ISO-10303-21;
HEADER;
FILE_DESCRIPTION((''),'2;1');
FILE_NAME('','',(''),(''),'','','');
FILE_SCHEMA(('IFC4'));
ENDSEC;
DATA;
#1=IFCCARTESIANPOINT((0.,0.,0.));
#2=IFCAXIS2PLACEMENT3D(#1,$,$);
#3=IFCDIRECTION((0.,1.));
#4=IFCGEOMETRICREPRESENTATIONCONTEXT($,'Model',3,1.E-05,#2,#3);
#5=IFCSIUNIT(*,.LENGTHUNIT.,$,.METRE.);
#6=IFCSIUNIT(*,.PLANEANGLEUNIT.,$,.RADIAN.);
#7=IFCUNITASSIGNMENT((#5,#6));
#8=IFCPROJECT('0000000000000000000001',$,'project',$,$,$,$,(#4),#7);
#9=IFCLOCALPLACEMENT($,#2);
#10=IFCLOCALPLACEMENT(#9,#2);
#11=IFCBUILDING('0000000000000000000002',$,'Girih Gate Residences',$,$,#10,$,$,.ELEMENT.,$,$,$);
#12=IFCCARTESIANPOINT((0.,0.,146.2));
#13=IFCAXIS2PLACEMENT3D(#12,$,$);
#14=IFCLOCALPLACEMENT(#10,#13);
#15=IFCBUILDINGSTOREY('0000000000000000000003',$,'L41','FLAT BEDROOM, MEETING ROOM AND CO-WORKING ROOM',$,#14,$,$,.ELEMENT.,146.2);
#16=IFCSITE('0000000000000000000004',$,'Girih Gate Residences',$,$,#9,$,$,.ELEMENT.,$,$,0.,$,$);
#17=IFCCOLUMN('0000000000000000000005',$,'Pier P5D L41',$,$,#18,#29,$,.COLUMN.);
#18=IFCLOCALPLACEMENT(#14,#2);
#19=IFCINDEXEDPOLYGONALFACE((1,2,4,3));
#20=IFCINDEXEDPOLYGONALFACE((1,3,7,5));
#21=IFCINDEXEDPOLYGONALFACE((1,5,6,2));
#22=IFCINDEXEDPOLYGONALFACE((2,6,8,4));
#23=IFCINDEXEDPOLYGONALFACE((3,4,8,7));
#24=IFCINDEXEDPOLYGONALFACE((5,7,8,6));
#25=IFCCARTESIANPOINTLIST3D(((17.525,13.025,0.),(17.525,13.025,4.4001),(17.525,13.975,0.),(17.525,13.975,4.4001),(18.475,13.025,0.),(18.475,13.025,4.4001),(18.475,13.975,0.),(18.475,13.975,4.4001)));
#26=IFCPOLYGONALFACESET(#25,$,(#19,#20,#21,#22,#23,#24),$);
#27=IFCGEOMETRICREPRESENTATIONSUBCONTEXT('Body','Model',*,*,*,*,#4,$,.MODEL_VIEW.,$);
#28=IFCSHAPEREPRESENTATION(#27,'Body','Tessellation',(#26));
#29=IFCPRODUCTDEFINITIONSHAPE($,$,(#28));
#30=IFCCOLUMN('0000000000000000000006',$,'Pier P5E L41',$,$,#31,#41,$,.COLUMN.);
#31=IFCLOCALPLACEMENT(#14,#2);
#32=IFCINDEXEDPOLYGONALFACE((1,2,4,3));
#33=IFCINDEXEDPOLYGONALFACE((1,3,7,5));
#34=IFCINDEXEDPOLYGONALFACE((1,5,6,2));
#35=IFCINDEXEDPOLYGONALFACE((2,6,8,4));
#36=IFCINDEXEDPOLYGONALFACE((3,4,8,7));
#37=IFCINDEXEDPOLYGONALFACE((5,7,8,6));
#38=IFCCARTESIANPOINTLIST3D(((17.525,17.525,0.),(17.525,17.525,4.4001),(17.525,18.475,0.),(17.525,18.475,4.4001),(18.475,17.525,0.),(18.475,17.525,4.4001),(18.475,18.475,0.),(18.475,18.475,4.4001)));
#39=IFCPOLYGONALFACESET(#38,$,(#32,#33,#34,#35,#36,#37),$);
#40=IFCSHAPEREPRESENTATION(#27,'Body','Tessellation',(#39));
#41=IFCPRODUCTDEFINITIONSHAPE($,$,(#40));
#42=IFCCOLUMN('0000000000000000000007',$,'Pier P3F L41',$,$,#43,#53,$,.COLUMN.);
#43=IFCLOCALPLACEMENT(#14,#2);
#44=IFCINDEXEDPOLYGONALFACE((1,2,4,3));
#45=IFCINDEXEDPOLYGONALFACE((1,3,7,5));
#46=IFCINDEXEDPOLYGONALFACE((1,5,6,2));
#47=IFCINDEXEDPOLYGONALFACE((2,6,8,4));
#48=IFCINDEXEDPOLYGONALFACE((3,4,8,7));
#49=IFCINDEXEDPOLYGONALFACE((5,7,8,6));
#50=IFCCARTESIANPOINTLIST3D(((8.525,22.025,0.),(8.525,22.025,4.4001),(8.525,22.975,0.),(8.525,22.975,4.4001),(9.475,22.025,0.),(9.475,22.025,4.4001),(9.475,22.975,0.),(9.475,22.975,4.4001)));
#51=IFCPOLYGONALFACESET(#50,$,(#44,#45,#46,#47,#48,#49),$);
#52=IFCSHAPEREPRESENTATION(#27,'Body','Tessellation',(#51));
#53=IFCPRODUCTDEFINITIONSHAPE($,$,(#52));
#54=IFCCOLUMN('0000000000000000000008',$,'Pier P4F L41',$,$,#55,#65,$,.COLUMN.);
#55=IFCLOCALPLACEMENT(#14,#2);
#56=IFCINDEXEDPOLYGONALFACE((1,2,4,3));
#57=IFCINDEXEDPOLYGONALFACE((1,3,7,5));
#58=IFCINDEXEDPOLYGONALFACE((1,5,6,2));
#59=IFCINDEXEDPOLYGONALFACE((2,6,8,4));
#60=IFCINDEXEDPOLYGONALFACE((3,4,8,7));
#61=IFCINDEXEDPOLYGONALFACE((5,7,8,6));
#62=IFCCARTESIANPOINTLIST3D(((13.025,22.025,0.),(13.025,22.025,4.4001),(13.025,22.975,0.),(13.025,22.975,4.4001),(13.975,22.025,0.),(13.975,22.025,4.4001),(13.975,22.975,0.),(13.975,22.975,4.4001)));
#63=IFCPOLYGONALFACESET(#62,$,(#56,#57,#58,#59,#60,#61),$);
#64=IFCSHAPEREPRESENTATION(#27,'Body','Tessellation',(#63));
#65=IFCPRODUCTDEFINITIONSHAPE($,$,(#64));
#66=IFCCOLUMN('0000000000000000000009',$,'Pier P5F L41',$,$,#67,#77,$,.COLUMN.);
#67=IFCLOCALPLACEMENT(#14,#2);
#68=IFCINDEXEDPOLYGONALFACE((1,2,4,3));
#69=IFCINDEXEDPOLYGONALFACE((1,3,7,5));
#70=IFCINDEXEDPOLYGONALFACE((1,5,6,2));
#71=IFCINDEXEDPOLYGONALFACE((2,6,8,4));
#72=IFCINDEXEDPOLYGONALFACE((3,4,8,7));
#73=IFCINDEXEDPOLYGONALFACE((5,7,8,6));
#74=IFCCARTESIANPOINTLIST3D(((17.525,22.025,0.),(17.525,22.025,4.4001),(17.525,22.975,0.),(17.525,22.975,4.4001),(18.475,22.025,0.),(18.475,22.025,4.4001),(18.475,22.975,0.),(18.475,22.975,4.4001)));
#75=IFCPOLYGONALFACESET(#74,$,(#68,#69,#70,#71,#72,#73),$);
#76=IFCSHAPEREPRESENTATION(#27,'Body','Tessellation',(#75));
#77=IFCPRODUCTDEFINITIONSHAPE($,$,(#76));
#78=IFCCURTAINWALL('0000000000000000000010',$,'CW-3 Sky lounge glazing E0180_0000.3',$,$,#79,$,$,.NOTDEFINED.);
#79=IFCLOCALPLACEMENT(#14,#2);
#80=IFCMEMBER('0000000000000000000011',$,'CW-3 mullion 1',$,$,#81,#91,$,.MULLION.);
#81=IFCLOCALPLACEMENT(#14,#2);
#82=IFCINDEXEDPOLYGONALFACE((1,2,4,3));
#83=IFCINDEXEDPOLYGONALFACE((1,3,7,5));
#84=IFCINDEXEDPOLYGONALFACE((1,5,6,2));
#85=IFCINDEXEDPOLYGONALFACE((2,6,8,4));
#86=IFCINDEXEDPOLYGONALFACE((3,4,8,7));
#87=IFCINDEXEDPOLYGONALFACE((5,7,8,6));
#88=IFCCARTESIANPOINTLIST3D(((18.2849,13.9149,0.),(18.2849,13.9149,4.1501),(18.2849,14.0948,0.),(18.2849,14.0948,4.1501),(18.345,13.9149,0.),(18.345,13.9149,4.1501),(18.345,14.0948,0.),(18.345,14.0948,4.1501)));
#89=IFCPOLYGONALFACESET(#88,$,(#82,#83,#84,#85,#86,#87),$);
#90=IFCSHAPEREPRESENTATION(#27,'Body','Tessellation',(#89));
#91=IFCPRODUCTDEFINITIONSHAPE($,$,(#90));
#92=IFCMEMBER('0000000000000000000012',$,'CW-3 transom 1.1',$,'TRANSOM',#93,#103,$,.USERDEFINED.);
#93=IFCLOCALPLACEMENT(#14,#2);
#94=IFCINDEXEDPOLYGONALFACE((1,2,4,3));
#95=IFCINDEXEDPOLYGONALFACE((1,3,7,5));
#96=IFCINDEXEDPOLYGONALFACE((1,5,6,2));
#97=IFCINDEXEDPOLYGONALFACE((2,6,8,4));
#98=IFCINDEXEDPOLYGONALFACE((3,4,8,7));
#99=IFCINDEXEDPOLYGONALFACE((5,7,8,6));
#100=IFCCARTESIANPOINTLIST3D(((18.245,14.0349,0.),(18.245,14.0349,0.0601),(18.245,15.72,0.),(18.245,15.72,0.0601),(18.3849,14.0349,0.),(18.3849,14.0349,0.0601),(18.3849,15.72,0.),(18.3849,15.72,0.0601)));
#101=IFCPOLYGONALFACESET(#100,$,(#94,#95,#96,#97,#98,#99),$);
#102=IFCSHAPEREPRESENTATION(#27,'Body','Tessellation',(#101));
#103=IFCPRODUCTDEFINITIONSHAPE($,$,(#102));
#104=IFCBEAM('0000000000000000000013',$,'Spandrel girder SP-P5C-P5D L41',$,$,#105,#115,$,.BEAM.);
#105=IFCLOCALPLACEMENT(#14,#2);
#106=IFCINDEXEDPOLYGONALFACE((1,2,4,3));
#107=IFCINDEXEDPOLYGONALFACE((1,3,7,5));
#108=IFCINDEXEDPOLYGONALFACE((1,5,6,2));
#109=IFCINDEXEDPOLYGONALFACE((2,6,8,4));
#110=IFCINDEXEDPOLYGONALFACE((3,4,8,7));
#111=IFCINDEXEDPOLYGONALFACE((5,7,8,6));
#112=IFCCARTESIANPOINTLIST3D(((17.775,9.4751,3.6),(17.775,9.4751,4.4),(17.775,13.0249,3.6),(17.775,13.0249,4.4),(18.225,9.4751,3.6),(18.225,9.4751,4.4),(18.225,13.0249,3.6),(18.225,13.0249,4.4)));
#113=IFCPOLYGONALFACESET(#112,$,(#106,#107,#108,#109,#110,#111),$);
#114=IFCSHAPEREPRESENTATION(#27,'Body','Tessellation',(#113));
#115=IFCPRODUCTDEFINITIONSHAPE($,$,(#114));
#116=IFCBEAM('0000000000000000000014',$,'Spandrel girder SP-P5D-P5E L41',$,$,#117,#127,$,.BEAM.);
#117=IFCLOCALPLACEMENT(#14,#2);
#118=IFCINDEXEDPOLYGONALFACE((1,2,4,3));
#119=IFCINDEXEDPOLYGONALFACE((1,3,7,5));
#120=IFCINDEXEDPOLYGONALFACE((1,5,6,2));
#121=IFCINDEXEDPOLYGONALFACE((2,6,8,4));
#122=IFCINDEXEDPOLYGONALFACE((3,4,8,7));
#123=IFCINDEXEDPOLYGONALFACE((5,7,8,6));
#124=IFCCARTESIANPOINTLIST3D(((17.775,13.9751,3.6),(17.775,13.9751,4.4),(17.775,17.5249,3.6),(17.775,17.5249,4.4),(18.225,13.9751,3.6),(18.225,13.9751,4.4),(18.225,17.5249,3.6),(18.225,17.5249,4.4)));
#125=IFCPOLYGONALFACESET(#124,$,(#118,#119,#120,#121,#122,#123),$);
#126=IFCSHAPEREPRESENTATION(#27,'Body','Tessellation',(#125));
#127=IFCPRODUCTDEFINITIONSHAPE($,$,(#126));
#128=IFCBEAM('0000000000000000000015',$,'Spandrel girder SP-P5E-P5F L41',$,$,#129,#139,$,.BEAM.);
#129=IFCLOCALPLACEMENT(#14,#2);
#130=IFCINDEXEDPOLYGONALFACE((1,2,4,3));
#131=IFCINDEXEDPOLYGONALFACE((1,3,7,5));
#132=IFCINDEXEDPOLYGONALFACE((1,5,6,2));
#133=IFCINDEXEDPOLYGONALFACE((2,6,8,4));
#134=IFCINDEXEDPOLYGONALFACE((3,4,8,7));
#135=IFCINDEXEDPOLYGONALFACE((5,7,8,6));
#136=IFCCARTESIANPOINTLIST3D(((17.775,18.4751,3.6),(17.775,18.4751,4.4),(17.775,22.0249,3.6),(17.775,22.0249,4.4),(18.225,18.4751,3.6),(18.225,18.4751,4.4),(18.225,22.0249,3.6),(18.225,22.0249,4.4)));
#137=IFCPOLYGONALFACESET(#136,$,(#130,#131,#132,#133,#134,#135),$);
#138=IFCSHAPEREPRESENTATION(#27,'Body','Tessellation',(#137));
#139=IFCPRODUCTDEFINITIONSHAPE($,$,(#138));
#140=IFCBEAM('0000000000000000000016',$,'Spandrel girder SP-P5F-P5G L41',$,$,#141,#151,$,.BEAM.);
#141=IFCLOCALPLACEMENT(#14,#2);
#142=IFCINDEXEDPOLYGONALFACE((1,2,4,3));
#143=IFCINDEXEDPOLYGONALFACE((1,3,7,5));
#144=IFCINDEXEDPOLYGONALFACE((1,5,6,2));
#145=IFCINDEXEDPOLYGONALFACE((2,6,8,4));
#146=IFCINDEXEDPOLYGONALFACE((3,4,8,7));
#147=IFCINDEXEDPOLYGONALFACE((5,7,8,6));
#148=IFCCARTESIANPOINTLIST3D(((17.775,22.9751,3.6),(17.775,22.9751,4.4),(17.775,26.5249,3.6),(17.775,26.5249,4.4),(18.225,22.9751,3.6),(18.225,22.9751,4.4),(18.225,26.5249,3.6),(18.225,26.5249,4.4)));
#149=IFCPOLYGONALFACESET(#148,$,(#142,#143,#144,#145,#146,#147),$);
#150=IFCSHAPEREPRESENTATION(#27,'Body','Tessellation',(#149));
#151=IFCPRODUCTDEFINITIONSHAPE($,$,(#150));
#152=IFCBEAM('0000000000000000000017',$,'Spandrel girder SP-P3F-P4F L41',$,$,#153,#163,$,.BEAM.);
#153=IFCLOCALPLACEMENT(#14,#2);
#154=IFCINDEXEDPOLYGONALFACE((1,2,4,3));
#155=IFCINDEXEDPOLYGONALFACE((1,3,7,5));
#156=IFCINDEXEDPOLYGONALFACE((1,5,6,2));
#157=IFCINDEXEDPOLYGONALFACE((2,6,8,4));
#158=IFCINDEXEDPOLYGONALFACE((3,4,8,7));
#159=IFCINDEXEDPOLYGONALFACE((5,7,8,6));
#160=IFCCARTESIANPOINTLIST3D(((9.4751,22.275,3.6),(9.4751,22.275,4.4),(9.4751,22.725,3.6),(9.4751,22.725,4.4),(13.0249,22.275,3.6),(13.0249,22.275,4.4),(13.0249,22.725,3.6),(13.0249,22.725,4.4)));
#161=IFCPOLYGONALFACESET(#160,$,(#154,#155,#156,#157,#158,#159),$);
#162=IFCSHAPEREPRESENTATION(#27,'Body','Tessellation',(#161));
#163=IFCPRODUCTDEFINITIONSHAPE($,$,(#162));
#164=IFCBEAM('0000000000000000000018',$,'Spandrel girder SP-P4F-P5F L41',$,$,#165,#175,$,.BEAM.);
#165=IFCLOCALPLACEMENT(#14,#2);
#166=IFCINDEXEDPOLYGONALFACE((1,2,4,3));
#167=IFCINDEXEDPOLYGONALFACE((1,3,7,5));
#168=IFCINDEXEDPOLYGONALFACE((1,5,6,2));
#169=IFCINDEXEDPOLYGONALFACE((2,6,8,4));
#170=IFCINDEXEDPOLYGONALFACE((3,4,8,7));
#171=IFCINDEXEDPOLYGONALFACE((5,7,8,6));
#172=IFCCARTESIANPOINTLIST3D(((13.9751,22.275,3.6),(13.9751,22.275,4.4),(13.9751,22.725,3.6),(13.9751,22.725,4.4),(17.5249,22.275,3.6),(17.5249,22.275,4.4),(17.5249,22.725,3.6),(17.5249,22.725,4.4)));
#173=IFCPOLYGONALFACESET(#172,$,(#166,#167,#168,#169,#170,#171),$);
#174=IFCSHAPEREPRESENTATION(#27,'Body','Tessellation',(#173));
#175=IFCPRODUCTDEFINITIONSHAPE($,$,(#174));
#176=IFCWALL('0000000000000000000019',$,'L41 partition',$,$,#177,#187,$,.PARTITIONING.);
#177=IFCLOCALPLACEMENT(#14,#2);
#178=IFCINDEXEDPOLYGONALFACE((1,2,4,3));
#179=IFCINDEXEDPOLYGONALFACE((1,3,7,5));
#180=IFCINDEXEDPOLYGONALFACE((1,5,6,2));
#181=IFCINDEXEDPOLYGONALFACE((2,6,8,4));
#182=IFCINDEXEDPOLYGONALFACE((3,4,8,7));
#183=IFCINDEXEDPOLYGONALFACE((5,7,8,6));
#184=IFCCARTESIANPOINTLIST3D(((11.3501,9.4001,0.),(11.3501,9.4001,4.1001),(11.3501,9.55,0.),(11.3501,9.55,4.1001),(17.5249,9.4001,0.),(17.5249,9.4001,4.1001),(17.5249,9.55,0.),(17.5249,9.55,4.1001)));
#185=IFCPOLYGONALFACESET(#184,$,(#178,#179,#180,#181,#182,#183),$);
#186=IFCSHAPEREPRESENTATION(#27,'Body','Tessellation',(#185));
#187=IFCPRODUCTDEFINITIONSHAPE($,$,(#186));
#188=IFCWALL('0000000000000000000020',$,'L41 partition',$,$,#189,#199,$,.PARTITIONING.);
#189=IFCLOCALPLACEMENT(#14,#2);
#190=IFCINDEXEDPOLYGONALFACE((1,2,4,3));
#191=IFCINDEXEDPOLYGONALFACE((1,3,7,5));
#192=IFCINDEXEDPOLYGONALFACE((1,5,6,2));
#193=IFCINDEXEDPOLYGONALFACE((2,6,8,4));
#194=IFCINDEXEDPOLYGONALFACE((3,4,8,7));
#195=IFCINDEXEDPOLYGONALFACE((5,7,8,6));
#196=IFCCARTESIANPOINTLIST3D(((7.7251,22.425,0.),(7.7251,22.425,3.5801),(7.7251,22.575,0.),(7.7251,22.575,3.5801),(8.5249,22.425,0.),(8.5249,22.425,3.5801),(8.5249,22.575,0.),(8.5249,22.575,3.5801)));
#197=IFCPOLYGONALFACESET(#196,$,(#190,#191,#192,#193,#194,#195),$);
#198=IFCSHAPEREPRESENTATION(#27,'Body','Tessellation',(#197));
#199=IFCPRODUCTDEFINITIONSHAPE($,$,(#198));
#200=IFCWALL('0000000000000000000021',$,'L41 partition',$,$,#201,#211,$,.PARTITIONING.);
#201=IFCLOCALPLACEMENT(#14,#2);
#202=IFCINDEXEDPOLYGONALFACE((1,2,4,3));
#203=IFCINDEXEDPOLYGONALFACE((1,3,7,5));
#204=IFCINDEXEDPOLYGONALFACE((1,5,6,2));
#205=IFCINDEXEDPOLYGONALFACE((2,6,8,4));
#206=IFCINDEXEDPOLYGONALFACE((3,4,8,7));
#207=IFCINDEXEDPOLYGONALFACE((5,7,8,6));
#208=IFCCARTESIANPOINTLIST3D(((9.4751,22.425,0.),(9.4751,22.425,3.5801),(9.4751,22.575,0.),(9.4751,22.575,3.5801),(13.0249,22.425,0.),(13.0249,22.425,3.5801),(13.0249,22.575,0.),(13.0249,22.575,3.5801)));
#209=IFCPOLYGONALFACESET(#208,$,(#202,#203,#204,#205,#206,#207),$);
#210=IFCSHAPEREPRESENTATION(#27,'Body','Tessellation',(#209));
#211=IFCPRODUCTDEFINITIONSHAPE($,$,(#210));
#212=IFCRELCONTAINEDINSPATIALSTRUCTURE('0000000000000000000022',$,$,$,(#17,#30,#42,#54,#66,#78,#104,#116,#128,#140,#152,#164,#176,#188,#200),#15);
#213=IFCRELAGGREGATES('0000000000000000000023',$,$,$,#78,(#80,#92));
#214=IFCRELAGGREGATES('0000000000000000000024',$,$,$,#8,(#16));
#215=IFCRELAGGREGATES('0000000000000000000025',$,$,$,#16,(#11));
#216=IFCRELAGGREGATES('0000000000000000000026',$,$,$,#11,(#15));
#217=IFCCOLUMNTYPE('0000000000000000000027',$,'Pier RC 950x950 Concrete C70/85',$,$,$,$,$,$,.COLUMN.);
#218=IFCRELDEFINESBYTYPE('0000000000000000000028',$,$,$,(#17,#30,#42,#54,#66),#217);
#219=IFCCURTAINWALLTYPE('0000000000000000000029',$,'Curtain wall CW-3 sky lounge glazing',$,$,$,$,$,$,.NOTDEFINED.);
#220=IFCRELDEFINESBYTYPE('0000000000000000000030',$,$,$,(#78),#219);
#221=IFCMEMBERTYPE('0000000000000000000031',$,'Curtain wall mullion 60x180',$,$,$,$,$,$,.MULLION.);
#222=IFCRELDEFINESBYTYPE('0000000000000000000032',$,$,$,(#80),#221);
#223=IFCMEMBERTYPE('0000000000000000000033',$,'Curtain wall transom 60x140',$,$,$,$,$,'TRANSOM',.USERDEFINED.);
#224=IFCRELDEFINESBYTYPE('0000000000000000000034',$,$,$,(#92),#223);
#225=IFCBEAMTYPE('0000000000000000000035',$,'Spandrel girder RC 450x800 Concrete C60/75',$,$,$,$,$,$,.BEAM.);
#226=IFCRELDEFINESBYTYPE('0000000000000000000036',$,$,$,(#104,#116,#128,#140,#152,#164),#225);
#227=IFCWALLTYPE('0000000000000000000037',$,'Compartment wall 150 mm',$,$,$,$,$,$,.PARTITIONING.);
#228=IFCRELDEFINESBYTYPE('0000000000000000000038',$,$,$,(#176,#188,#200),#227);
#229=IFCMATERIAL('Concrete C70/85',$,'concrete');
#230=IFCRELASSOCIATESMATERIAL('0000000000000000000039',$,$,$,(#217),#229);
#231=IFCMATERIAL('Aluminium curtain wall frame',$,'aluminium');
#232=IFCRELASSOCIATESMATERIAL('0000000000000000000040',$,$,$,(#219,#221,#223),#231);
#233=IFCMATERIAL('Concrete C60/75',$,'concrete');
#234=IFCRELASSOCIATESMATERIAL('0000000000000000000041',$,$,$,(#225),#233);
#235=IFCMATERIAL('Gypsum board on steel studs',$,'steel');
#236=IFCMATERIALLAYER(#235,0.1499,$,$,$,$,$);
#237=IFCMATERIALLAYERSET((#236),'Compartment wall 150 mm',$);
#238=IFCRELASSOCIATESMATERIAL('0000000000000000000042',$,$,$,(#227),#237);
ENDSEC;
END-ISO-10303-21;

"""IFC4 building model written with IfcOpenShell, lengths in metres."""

from ifc_helpers import new_model, si_unit, direction, frame, frame_2d, origin, origin_2d, place, context, subcontext, project, spatial, rectangle, extrude, material, layer, layer_set, material_profile, profile_set, type_object, element, aggregate, save


model = new_model("IFC4")

# Units and contexts
model_context = context("Model", 3, precision=1e-05, world=origin(), true_north=direction((0.0, 1.0)))
body_context = subcontext(model_context, "Body", "Model", "MODEL_VIEW")
ifc_project = project(units=[si_unit("LENGTHUNIT", "METRE"), si_unit("PLANEANGLEUNIT", "RADIAN")], contexts=[model_context])

# Site, building, storey
site_placement = place(None, origin())
site = spatial("IfcSite", under=ifc_project, at=site_placement, Name="Girih Gate Residences", CompositionType="ELEMENT", RefElevation=0.0)
building_placement = place(site_placement, origin())
building = spatial("IfcBuilding", under=site, at=building_placement, Name="Girih Gate Residences", CompositionType="ELEMENT")
storey_placement = place(building_placement, frame((0.0, 0.0, 146.2)))
storey = spatial("IfcBuildingStorey", under=building, at=storey_placement, Name="L41", Description="FLAT BEDROOM, MEETING ROOM AND CO-WORKING ROOM", CompositionType="ELEMENT", Elevation=146.2)

# Columns
ifc_material_1 = material(Name="Concrete C70/85", Category="concrete")
ifc_material_profile_1 = material_profile(ifc_material_1, rectangle(XDim=0.95, YDim=0.95, at=origin_2d()))
ifc_profile_set_1 = profile_set([ifc_material_profile_1], Name="Concrete C70/85")
column_type = type_object("IfcColumnType", Name="Pier RC 950x950 Concrete C70/85", PredefinedType="COLUMN", material=ifc_profile_set_1)
for number, where, z_axis, x_axis, name in (
    (1, (18.0, 13.5, 0.0), (0.0, 0.0, 1.0), (1.0, 0.0, 0.0), "Pier P5D L41"),
    (2, (18.0, 18.0, 0.0), (0.0, 0.0, 1.0), (1.0, 0.0, 0.0), "Pier P5E L41"),
    (3, (9.0, 22.5, 0.0), (0.0, 0.0, 1.0), (1.0, 0.0, 0.0), "Pier P3F L41"),
    (4, (13.5, 22.5, 0.0), (0.0, 0.0, 1.0), (1.0, 0.0, 0.0), "Pier P4F L41"),
    (5, (18.0, 22.5, 0.0), (0.0, 0.0, 1.0), (1.0, 0.0, 0.0), "Pier P5F L41"),
):
    element("IfcColumn", number, at=place(storey_placement, frame(where, z_axis=z_axis, x_axis=x_axis)), inside=storey, type_object=column_type, Name=name, PredefinedType="COLUMN", context=body_context, shape_type="SweptSolid", body=[
        extrude(rectangle(XDim=0.95, YDim=0.95, at=origin_2d()), origin(), (0.0, 0.0, 1.0), 4.4001),
    ])

# Curtain wall, members
ifc_material_2 = material(Name="Aluminium curtain wall frame", Category="aluminium")
curtain_wall_type = type_object("IfcCurtainWallType", Name="Curtain wall CW-3 sky lounge glazing", PredefinedType="NOTDEFINED", material=ifc_material_2)
curtain_wall_placement = place(storey_placement, origin())
curtain_wall = element("IfcCurtainWall", 6, at=curtain_wall_placement, inside=storey, type_object=curtain_wall_type, Name="CW-3 Sky lounge glazing E0180_0000.3", PredefinedType="NOTDEFINED")
ifc_material_profile_2 = material_profile(ifc_material_2, rectangle(XDim=0.0601, YDim=0.1799, at=origin_2d()))
ifc_profile_set_2 = profile_set([ifc_material_profile_2], Name="Aluminium curtain wall frame")
member_type_1 = type_object("IfcMemberType", Name="Curtain wall mullion 60x180", PredefinedType="MULLION", material=ifc_profile_set_2)
member_1_placement = place(storey_placement, frame((18.3149, 14.0049, 0.0), z_axis=(0.0, 0.0, 1.0), x_axis=(-1.0, 0.0, 0.0)))
member_1 = element("IfcMember", 7, at=member_1_placement, type_object=member_type_1, Name="CW-3 mullion 1", PredefinedType="MULLION", context=body_context, shape_type="SweptSolid", body=[
    extrude(rectangle(XDim=0.0601, YDim=0.1799, at=origin_2d()), origin(), (0.0, 0.0, 1.0), 4.1501),
])
ifc_material_profile_3 = material_profile(ifc_material_2, rectangle(XDim=0.1399, YDim=0.0601, at=origin_2d()))
ifc_profile_set_3 = profile_set([ifc_material_profile_3], Name="Aluminium curtain wall frame")
member_type_2 = type_object("IfcMemberType", Name="Curtain wall transom 60x140", ElementType="TRANSOM", PredefinedType="USERDEFINED", material=ifc_profile_set_3)
member_2_placement = place(storey_placement, frame((18.3149, 14.0349, 0.03), z_axis=(0.0, 1.0, 0.0), x_axis=(-1.0, 0.0, 0.0)))
member_2 = element("IfcMember", 8, at=member_2_placement, type_object=member_type_2, Name="CW-3 transom 1.1", ObjectType="TRANSOM", PredefinedType="USERDEFINED", context=body_context, shape_type="SweptSolid", body=[
    extrude(rectangle(XDim=0.1399, YDim=0.0601, at=origin_2d()), origin(), (0.0, 0.0, 1.0), 1.6851),
])
aggregate(curtain_wall, [member_1, member_2])

# Beams
ifc_material_3 = material(Name="Concrete C60/75", Category="concrete")
ifc_material_profile_4 = material_profile(ifc_material_3, rectangle(XDim=0.45, YDim=0.8, at=origin_2d()))
ifc_profile_set_4 = profile_set([ifc_material_profile_4], Name="Concrete C60/75")
beam_type = type_object("IfcBeamType", Name="Spandrel girder RC 450x800 Concrete C60/75", PredefinedType="BEAM", material=ifc_profile_set_4)
for number, where, z_axis, x_axis, name in (
    (9, (18.0, 9.4751, 4.0), (0.0, 1.0, 0.0), (-1.0, 0.0, 0.0), "Spandrel girder SP-P5C-P5D L41"),
    (10, (18.0, 13.9751, 4.0), (0.0, 1.0, 0.0), (-1.0, 0.0, 0.0), "Spandrel girder SP-P5D-P5E L41"),
    (11, (18.0, 18.4751, 4.0), (0.0, 1.0, 0.0), (-1.0, 0.0, 0.0), "Spandrel girder SP-P5E-P5F L41"),
    (12, (18.0, 22.9751, 4.0), (0.0, 1.0, 0.0), (-1.0, 0.0, 0.0), "Spandrel girder SP-P5F-P5G L41"),
    (13, (9.4751, 22.5, 4.0), (1.0, 0.0, 0.0), (0.0, 1.0, 0.0), "Spandrel girder SP-P3F-P4F L41"),
    (14, (13.9751, 22.5, 4.0), (1.0, 0.0, 0.0), (0.0, 1.0, 0.0), "Spandrel girder SP-P4F-P5F L41"),
):
    element("IfcBeam", number, at=place(storey_placement, frame(where, z_axis=z_axis, x_axis=x_axis)), inside=storey, type_object=beam_type, Name=name, PredefinedType="BEAM", context=body_context, shape_type="SweptSolid", body=[
        extrude(rectangle(XDim=0.45, YDim=0.8, at=origin_2d()), origin(), (0.0, 0.0, 1.0), 3.5498),
    ])

# Wall
ifc_material_4 = material(Name="Gypsum board on steel studs", Category="steel")
ifc_layer_1 = layer(ifc_material_4, 0.1499)
ifc_layer_set_1 = layer_set([ifc_layer_1], Name="Compartment wall 150 mm")
wall_type_1 = type_object("IfcWallType", Name="Compartment wall 150 mm", PredefinedType="PARTITIONING", material=ifc_layer_set_1)
wall_1_placement = place(storey_placement, frame((11.3501, 9.4751, 0.0), z_axis=(0.0, 0.0, 1.0), x_axis=(1.0, 0.0, 0.0)))
element("IfcWall", 15, at=wall_1_placement, inside=storey, type_object=wall_type_1, Name="L41 partition", PredefinedType="PARTITIONING", context=body_context, shape_type="SweptSolid", body=[
    extrude(rectangle(XDim=6.1748, YDim=0.1499, at=frame_2d((3.0874, 0.0))), origin(), (0.0, 0.0, 1.0), 4.1001),
])

# Walls
wall_2_placement = place(storey_placement, frame((7.7251, 22.5, 0.0), z_axis=(0.0, 0.0, 1.0), x_axis=(1.0, 0.0, 0.0)))
element("IfcWall", 16, at=wall_2_placement, inside=storey, type_object=wall_type_1, Name="L41 partition", PredefinedType="PARTITIONING", context=body_context, shape_type="SweptSolid", body=[
    extrude(rectangle(XDim=0.7998, YDim=0.1499, at=frame_2d((0.3999, 0.0))), origin(), (0.0, 0.0, 1.0), 3.5801),
])
for number, where, z_axis, x_axis, name in (
    (17, (9.4751, 22.5, 0.0), (0.0, 0.0, 1.0), (1.0, 0.0, 0.0), "L41 partition"),
):
    element("IfcWall", number, at=place(storey_placement, frame(where, z_axis=z_axis, x_axis=x_axis)), inside=storey, type_object=wall_type_1, Name=name, PredefinedType="PARTITIONING", context=body_context, shape_type="SweptSolid", body=[
        extrude(rectangle(XDim=3.5498, YDim=0.1499, at=frame_2d((1.7749, 0.0))), origin(), (0.0, 0.0, 1.0), 3.5801),
    ])

save(model, "model.ifc")
